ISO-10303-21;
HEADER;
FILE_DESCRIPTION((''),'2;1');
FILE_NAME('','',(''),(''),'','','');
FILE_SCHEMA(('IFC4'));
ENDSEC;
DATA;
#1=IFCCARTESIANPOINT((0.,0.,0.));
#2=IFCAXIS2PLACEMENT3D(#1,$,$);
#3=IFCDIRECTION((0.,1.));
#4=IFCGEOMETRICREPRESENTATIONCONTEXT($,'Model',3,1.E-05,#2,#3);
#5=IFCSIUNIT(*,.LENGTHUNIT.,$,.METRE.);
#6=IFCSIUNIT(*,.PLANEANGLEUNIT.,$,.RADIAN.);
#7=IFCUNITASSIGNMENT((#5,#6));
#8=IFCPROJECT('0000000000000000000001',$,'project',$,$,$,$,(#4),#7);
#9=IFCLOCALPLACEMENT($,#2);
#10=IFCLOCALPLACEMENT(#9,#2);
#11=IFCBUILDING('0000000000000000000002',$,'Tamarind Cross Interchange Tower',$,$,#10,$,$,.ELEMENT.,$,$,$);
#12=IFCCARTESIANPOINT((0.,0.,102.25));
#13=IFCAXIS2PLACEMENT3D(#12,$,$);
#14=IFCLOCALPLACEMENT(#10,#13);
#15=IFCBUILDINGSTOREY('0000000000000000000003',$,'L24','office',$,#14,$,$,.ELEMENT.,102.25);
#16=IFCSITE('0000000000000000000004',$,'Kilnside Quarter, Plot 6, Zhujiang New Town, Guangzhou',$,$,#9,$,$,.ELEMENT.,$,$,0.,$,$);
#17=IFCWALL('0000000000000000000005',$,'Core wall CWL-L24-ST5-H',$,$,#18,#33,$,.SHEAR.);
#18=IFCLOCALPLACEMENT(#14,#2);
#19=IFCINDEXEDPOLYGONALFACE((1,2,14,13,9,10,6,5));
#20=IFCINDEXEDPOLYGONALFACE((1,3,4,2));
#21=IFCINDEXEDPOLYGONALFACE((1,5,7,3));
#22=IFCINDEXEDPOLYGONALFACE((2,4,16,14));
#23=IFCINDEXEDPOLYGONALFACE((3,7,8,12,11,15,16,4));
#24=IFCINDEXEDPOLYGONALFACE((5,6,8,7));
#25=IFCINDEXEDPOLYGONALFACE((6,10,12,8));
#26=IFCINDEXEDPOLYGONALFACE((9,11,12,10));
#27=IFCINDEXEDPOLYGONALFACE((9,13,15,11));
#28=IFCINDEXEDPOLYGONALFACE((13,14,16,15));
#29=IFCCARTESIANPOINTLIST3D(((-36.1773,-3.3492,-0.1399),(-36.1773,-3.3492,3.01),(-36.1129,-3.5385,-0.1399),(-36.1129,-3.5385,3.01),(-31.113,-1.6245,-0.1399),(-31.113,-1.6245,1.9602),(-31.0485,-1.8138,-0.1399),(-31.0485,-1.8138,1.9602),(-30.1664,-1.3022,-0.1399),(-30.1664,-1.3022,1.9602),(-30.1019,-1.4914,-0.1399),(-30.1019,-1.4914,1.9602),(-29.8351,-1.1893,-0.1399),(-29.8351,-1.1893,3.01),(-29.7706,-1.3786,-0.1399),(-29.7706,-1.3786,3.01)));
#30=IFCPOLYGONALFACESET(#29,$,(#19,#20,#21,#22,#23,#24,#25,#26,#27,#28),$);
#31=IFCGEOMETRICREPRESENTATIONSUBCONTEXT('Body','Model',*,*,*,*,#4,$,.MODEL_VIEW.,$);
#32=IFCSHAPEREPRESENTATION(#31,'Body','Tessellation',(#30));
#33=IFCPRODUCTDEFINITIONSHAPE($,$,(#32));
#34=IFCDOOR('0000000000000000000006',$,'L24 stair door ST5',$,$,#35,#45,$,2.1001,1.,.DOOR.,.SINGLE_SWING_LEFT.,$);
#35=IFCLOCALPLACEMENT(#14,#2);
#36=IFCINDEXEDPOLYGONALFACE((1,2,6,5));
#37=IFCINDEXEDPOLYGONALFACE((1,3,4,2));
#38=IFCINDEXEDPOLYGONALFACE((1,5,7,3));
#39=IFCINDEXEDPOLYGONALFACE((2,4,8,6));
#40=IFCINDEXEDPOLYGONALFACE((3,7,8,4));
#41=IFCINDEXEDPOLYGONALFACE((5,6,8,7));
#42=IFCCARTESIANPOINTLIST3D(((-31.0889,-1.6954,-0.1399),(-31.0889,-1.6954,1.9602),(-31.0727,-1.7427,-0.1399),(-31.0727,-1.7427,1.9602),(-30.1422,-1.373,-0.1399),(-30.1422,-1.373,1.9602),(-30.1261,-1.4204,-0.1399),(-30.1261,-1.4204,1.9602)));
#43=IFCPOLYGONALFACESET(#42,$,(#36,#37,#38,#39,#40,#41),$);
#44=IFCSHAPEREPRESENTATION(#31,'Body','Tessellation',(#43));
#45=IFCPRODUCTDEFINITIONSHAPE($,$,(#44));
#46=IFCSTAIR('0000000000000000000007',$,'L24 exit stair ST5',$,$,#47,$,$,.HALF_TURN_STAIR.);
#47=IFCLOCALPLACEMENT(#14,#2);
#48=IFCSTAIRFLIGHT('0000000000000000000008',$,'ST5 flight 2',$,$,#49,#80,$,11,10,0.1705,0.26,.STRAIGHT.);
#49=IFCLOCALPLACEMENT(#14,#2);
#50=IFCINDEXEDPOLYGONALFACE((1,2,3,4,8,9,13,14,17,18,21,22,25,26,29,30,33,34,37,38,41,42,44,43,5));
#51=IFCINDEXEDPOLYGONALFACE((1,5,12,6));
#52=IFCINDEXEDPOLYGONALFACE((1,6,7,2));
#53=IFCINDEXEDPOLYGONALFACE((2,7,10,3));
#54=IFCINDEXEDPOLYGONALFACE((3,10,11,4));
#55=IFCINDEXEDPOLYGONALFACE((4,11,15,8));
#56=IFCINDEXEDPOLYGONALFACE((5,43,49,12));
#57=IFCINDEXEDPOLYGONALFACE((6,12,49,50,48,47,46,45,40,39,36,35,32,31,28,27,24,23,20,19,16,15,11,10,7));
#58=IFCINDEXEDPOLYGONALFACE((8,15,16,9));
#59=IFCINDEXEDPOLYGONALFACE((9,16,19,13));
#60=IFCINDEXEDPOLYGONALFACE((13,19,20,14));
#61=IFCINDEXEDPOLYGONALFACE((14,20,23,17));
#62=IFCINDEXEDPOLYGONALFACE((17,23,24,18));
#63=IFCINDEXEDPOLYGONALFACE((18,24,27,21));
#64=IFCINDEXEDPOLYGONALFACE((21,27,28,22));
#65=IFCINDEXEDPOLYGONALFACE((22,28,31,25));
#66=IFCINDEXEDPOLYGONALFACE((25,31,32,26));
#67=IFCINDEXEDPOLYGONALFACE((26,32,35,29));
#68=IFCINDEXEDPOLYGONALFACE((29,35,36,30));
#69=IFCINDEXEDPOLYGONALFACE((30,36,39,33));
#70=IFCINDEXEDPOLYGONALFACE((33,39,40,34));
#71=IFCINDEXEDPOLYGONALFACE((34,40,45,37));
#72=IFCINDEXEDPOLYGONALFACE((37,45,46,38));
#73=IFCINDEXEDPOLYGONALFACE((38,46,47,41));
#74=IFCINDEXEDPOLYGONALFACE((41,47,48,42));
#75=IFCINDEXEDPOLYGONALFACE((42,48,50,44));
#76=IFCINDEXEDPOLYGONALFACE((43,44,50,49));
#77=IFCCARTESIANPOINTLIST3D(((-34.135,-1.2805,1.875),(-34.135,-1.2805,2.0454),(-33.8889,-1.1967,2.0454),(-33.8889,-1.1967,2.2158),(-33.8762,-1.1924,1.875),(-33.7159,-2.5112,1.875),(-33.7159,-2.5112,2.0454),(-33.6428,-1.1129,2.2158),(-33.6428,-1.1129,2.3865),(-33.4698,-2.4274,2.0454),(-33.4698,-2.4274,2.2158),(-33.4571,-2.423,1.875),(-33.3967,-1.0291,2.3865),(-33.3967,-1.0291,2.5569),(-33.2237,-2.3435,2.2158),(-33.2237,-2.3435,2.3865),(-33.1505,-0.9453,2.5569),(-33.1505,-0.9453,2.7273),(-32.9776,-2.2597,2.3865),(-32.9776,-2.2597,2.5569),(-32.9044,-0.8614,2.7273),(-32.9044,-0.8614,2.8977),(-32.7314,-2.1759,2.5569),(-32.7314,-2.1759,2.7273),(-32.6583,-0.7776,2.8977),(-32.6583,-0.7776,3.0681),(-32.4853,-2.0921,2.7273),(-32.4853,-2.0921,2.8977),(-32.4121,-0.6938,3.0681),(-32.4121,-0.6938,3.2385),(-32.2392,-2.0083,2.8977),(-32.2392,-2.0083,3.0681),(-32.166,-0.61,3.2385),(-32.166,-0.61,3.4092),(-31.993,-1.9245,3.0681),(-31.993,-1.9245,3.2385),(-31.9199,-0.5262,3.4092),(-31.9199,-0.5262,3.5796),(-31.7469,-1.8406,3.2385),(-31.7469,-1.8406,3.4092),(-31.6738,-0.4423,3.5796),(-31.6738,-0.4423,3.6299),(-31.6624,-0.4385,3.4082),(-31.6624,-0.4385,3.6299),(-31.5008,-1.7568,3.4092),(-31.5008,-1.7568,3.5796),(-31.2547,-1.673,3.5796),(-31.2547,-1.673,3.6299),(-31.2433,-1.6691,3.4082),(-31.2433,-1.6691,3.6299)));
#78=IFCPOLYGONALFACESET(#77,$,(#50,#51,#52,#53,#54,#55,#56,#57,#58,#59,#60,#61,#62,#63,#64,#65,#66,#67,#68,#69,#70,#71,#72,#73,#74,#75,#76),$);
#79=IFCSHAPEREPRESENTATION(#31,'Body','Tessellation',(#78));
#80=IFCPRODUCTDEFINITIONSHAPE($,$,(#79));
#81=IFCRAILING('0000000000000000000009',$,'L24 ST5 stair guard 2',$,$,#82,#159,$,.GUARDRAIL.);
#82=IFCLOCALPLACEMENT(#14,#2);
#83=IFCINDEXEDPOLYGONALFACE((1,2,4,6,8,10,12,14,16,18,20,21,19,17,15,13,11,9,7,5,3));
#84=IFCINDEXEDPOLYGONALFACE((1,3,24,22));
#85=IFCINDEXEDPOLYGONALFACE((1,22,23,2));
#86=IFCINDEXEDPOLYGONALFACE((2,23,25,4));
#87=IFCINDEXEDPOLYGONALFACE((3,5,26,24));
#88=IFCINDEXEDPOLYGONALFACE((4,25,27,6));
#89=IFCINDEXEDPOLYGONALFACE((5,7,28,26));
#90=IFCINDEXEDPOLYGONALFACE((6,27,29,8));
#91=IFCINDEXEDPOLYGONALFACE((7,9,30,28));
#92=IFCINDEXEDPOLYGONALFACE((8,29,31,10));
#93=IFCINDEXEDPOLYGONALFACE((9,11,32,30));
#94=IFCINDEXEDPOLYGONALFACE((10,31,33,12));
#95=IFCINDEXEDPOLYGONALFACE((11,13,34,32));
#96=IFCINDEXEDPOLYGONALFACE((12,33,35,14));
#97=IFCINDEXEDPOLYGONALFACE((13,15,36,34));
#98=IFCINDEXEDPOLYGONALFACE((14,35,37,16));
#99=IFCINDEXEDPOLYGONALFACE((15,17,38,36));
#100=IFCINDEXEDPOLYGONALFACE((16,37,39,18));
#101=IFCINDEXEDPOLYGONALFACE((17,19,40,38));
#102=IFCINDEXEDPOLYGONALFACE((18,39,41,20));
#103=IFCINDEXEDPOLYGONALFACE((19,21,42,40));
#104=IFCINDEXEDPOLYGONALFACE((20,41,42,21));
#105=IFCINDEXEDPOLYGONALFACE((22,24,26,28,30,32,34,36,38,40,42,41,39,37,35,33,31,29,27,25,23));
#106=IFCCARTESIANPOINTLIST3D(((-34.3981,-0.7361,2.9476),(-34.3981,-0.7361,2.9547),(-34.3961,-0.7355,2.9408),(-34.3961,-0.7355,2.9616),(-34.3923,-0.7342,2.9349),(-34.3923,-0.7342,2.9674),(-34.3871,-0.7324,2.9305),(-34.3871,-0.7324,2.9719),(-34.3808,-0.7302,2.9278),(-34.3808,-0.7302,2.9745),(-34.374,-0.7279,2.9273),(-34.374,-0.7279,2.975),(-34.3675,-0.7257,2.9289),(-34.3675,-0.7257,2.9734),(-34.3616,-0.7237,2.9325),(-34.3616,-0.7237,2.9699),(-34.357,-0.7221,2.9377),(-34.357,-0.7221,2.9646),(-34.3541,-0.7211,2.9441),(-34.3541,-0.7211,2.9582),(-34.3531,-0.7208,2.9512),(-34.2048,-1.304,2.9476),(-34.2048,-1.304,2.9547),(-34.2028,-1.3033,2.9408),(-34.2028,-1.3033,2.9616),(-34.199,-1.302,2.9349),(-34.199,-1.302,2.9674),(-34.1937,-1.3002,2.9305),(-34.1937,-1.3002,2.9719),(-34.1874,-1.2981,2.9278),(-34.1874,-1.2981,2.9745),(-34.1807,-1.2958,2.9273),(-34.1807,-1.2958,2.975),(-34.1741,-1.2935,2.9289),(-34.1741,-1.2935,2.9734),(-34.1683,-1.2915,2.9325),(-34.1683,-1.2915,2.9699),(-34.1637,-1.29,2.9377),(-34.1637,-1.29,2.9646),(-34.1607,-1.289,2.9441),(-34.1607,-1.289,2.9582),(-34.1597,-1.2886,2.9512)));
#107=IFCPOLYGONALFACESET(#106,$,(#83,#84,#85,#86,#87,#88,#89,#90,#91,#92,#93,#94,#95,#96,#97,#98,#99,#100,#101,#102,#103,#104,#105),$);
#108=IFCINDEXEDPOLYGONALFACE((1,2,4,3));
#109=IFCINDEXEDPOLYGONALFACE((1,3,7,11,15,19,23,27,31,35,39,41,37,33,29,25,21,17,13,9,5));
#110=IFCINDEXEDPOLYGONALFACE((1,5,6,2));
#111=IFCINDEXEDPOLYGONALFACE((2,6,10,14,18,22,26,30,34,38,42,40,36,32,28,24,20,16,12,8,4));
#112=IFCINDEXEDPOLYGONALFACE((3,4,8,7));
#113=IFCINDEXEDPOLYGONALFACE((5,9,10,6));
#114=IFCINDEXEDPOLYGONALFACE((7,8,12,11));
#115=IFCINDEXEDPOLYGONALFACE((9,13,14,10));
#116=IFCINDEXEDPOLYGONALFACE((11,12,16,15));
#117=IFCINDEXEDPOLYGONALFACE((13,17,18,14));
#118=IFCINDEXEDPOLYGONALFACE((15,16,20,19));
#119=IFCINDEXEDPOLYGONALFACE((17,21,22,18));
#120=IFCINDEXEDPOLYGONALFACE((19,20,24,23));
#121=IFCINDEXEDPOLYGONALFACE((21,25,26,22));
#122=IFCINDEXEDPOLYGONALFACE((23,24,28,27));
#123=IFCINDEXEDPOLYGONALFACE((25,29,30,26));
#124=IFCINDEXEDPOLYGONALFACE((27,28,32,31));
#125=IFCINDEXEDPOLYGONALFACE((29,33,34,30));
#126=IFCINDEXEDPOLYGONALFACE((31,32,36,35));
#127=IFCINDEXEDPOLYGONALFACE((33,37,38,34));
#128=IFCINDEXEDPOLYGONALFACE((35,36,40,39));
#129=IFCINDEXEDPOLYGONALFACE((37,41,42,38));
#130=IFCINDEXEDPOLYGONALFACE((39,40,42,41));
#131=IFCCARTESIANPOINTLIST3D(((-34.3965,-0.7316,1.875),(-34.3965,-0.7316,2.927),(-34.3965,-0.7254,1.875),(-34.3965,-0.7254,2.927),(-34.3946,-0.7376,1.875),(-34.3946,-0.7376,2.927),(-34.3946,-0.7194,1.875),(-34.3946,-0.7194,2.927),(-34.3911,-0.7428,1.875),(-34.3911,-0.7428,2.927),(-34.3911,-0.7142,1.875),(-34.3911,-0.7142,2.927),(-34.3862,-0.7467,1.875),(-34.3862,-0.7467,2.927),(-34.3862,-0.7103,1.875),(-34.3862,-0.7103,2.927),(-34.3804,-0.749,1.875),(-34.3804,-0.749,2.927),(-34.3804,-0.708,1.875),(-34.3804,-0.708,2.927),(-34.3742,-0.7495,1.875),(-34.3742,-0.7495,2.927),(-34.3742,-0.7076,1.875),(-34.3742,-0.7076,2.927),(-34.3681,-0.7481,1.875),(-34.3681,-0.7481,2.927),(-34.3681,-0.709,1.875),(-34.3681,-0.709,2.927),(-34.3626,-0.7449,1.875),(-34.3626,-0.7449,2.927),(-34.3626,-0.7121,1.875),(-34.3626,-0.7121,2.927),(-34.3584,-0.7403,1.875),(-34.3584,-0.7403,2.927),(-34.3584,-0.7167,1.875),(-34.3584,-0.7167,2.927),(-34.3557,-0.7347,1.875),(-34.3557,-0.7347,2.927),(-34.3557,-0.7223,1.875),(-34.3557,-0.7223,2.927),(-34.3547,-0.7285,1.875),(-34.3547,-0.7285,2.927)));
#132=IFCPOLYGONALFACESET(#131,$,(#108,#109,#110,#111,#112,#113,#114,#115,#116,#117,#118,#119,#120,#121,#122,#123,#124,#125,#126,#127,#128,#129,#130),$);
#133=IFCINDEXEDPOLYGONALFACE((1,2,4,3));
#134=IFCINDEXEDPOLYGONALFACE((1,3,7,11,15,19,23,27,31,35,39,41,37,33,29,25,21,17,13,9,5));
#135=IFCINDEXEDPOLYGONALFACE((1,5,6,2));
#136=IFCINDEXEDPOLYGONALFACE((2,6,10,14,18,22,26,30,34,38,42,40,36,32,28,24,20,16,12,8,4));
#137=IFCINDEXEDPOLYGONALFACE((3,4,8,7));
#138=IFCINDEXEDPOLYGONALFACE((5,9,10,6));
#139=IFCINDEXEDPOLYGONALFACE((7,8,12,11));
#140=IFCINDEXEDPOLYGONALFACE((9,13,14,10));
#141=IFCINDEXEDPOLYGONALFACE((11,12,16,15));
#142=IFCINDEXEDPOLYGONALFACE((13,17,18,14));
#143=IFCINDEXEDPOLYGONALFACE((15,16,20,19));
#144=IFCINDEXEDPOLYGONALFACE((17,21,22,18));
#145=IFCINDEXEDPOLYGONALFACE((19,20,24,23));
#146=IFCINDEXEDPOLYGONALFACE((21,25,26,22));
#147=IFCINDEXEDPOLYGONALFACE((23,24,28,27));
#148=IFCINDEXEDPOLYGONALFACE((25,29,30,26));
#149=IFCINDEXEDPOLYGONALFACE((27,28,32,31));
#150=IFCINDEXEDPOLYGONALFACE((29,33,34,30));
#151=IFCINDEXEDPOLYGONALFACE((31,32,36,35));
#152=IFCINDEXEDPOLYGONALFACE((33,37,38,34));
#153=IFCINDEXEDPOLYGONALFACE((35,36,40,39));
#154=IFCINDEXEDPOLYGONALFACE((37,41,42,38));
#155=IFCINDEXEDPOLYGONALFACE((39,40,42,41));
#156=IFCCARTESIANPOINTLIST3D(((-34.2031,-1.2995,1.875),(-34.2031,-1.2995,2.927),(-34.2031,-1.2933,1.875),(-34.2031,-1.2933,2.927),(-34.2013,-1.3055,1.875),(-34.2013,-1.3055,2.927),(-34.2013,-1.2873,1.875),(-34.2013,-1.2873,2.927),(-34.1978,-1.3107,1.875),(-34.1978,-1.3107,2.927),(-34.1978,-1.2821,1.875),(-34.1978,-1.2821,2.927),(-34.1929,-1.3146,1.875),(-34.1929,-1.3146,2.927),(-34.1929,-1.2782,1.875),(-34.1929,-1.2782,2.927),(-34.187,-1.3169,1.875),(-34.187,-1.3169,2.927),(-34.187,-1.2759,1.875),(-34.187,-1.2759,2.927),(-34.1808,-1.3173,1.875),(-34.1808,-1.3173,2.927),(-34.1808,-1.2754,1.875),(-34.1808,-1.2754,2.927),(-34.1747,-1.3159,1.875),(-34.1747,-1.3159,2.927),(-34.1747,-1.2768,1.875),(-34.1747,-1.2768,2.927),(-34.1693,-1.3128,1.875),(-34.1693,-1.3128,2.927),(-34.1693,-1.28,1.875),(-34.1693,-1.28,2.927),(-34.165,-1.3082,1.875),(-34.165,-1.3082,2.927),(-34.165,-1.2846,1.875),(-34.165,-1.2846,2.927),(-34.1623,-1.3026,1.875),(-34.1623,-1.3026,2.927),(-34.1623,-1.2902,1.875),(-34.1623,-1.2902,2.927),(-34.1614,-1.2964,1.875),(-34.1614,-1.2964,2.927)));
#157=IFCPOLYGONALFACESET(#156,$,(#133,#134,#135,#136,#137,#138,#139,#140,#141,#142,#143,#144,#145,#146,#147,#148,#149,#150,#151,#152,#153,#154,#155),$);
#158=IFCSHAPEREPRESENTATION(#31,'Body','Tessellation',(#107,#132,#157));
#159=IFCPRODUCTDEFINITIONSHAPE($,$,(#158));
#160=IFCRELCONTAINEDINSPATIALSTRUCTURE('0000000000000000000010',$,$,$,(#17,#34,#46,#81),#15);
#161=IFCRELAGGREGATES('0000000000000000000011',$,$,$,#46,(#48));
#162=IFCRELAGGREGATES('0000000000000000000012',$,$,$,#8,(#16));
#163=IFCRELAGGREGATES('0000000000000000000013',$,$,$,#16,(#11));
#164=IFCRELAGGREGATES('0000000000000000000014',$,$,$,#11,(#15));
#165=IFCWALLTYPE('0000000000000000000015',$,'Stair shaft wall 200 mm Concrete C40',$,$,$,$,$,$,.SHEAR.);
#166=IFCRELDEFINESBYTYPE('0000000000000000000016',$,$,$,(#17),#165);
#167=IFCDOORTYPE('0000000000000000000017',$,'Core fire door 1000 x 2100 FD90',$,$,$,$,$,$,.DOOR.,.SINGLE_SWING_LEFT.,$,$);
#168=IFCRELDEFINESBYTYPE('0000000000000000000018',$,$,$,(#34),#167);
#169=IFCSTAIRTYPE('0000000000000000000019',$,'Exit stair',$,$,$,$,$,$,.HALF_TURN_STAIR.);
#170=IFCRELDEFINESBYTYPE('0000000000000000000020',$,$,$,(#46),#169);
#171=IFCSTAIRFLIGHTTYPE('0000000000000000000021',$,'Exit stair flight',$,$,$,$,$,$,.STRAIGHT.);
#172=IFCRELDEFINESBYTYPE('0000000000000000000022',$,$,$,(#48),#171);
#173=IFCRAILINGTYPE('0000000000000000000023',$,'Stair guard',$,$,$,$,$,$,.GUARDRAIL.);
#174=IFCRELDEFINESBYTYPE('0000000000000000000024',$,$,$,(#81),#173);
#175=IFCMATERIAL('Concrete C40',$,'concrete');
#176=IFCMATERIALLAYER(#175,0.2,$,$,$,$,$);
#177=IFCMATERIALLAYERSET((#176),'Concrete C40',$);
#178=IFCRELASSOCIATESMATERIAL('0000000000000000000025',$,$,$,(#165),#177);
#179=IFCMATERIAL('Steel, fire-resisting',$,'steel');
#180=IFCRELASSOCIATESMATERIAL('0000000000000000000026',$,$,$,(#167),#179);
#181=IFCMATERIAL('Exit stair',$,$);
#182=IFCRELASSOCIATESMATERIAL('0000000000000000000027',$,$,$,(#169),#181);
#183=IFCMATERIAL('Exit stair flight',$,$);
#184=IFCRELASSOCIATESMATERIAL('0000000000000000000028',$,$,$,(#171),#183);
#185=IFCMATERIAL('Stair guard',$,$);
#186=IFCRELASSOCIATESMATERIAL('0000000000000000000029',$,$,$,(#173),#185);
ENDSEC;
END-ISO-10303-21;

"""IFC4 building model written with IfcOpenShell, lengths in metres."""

from ifc_helpers import new_model, si_unit, direction, frame, frame_2d, origin, origin_2d, place, context, subcontext, project, spatial, polyline, rectangle, circle, outline, extrude, material, layer, layer_set, type_object, element, fill, aggregate, save


model = new_model("IFC4")

# Units and contexts
model_context = context("Model", 3, precision=1e-05, world=origin(), true_north=direction((0.0, 1.0)))
body_context = subcontext(model_context, "Body", "Model", "MODEL_VIEW")
ifc_project = project(units=[si_unit("LENGTHUNIT", "METRE"), si_unit("PLANEANGLEUNIT", "RADIAN")], contexts=[model_context])

# Site, building, storey
site_placement = place(None, origin())
site = spatial("IfcSite", under=ifc_project, at=site_placement, Name="Kilnside Quarter, Plot 6, Zhujiang New Town, Guangzhou", CompositionType="ELEMENT", RefElevation=0.0)
building_placement = place(site_placement, origin())
building = spatial("IfcBuilding", under=site, at=building_placement, Name="Tamarind Cross Interchange Tower", CompositionType="ELEMENT")
storey_placement = place(building_placement, frame((0.0, 0.0, 102.25)))
storey = spatial("IfcBuildingStorey", under=building, at=storey_placement, Name="L24", Description="office", CompositionType="ELEMENT", Elevation=102.25)

# Wall, opening, door
ifc_material_1 = material(Name="Concrete C40", Category="concrete")
ifc_layer_1 = layer(ifc_material_1, 0.2)
ifc_layer_set_1 = layer_set([ifc_layer_1], Name="Concrete C40")
wall_type_1 = type_object("IfcWallType", Name="Stair shaft wall 200 mm Concrete C40", PredefinedType="SHEAR", material=ifc_layer_set_1)
wall_1_placement = place(storey_placement, frame((-29.8027, -1.2839, -0.1399), z_axis=(0.0, 0.0, 1.0), x_axis=(-0.946612, -0.322376, 0.0)))
wall_1 = element("IfcWall", 1, at=wall_1_placement, inside=storey, type_object=wall_type_1, Name="Core wall CWL-L24-ST5-H", PredefinedType="SHEAR", context=body_context, shape_type="SweptSolid", body=[
    extrude(rectangle(XDim=6.7, YDim=0.2, at=frame_2d((3.3501, 0.0))), origin(), (0.0, 0.0, 1.0), 3.1499),
])
opening_1_placement = place(wall_1_placement, frame((0.3501, 0.0, 0.0)))
opening_1 = element("IfcOpeningElement", 2, at=opening_1_placement, cuts=wall_1, PredefinedType="OPENING", context=body_context, shape_type="SweptSolid", body=[
    extrude(rectangle(XDim=1.0, YDim=2.1001, at=frame_2d((0.5, 1.05))), frame((0.0, 0.1099, 0.0), z_axis=(0.0, -1.0, 0.0), x_axis=(1.0, 0.0, 0.0)), (0.0, 0.0, 1.0), 0.22),
])
ifc_material_2 = material(Name="Steel, fire-resisting", Category="steel")
door_type_1 = type_object("IfcDoorType", Name="Core fire door 1000 x 2100 FD90", OperationType="SINGLE_SWING_LEFT", PredefinedType="DOOR", material=ifc_material_2)
door_1_placement = place(opening_1_placement, origin())
door_1 = element("IfcDoor", 3, at=door_1_placement, inside=storey, type_object=door_type_1, Name="L24 stair door ST5", OperationType="SINGLE_SWING_LEFT", OverallHeight=2.1001, OverallWidth=1.0, PredefinedType="DOOR", context=body_context, shape_type="SweptSolid", body=[
    extrude(rectangle(XDim=1.0, YDim=2.1001, at=frame_2d((0.5, 1.05))), frame((0.0, 0.0249, 0.0), z_axis=(0.0, -1.0, 0.0), x_axis=(1.0, 0.0, 0.0)), (0.0, 0.0, 1.0), 0.05),
])
fill(opening_1, door_1)

# Stair, stair flight
ifc_material_3 = material(Name="Exit stair")
stair_type = type_object("IfcStairType", Name="Exit stair", PredefinedType="HALF_TURN_STAIR", material=ifc_material_3)
stair_placement = place(storey_placement, origin())
stair = element("IfcStair", 4, at=stair_placement, inside=storey, type_object=stair_type, Name="L24 exit stair ST5", PredefinedType="HALF_TURN_STAIR")
ifc_material_4 = material(Name="Exit stair flight")
stair_flight_type = type_object("IfcStairFlightType", Name="Exit stair flight", PredefinedType="STRAIGHT", material=ifc_material_4)
stair_flight_placement = place(storey_placement, frame((-33.9255, -1.8958, 1.875), z_axis=(0.0, 0.0, 1.0), x_axis=(0.946613, 0.322371, 0.0)))
stair_flight = element("IfcStairFlight", 5, at=stair_flight_placement, type_object=stair_flight_type, Name="ST5 flight 2", NumberOfRisers=11, NumberOfTreads=10, PredefinedType="STRAIGHT", RiserHeight=0.1705, TreadLength=0.26, context=body_context, shape_type="SweptSolid", body=[
    extrude(outline(polyline([(0.0, 0.0), (0.0, 0.1704), (0.26, 0.1704), (0.26, 0.3408), (0.52, 0.3408), (0.52, 0.5115), (0.78, 0.5115), (0.78, 0.6819), (1.04, 0.6819), (1.04, 0.8523), (1.3, 0.8523), (1.3, 1.0227), (1.5601, 1.0227), (1.5601, 1.1931), (1.8201, 1.1931), (1.8201, 1.3635), (2.0801, 1.3635), (2.0801, 1.5342), (2.3401, 1.5342), (2.3401, 1.7046), (2.6001, 1.7046), (2.6001, 1.7549), (2.6121, 1.7549), (2.6121, 1.5332), (0.2734, 0.0), (0.0, 0.0)])), frame((0.0, 0.6499, 0.0), z_axis=(0.0, -1.0, 0.0), x_axis=(1.0, 0.0, 0.0)), (0.0, 0.0, 1.0), 1.3),
])
aggregate(stair, [stair_flight])

# Railing
ifc_material_5 = material(Name="Stair guard")
railing_type_1 = type_object("IfcRailingType", Name="Stair guard", PredefinedType="GUARDRAIL", material=ifc_material_5)
railing_1_placement = place(storey_placement, frame((-34.3757, -0.7285, 1.875)))
element("IfcRailing", 6, at=railing_1_placement, inside=storey, type_object=railing_type_1, Name="L24 ST5 stair guard 2", PredefinedType="GUARDRAIL", context=body_context, shape_type="SweptSolid", body=[
    extrude(circle(Radius=0.0239, at=origin_2d()), frame((0.0, 0.0, 1.0762), z_axis=(0.322326, -0.946629, 0.0), x_axis=(0.946629, 0.322326, 0.0)), (0.0, 0.0, 1.0), 0.5999),
    extrude(circle(Radius=0.021, at=origin_2d()), origin(), (0.0, 0.0, 1.0), 1.052),
    extrude(circle(Radius=0.021, at=origin_2d()), frame((0.1934, -0.5679, 0.0)), (0.0, 0.0, 1.0), 1.052),
])

save(model, "model.ifc")
